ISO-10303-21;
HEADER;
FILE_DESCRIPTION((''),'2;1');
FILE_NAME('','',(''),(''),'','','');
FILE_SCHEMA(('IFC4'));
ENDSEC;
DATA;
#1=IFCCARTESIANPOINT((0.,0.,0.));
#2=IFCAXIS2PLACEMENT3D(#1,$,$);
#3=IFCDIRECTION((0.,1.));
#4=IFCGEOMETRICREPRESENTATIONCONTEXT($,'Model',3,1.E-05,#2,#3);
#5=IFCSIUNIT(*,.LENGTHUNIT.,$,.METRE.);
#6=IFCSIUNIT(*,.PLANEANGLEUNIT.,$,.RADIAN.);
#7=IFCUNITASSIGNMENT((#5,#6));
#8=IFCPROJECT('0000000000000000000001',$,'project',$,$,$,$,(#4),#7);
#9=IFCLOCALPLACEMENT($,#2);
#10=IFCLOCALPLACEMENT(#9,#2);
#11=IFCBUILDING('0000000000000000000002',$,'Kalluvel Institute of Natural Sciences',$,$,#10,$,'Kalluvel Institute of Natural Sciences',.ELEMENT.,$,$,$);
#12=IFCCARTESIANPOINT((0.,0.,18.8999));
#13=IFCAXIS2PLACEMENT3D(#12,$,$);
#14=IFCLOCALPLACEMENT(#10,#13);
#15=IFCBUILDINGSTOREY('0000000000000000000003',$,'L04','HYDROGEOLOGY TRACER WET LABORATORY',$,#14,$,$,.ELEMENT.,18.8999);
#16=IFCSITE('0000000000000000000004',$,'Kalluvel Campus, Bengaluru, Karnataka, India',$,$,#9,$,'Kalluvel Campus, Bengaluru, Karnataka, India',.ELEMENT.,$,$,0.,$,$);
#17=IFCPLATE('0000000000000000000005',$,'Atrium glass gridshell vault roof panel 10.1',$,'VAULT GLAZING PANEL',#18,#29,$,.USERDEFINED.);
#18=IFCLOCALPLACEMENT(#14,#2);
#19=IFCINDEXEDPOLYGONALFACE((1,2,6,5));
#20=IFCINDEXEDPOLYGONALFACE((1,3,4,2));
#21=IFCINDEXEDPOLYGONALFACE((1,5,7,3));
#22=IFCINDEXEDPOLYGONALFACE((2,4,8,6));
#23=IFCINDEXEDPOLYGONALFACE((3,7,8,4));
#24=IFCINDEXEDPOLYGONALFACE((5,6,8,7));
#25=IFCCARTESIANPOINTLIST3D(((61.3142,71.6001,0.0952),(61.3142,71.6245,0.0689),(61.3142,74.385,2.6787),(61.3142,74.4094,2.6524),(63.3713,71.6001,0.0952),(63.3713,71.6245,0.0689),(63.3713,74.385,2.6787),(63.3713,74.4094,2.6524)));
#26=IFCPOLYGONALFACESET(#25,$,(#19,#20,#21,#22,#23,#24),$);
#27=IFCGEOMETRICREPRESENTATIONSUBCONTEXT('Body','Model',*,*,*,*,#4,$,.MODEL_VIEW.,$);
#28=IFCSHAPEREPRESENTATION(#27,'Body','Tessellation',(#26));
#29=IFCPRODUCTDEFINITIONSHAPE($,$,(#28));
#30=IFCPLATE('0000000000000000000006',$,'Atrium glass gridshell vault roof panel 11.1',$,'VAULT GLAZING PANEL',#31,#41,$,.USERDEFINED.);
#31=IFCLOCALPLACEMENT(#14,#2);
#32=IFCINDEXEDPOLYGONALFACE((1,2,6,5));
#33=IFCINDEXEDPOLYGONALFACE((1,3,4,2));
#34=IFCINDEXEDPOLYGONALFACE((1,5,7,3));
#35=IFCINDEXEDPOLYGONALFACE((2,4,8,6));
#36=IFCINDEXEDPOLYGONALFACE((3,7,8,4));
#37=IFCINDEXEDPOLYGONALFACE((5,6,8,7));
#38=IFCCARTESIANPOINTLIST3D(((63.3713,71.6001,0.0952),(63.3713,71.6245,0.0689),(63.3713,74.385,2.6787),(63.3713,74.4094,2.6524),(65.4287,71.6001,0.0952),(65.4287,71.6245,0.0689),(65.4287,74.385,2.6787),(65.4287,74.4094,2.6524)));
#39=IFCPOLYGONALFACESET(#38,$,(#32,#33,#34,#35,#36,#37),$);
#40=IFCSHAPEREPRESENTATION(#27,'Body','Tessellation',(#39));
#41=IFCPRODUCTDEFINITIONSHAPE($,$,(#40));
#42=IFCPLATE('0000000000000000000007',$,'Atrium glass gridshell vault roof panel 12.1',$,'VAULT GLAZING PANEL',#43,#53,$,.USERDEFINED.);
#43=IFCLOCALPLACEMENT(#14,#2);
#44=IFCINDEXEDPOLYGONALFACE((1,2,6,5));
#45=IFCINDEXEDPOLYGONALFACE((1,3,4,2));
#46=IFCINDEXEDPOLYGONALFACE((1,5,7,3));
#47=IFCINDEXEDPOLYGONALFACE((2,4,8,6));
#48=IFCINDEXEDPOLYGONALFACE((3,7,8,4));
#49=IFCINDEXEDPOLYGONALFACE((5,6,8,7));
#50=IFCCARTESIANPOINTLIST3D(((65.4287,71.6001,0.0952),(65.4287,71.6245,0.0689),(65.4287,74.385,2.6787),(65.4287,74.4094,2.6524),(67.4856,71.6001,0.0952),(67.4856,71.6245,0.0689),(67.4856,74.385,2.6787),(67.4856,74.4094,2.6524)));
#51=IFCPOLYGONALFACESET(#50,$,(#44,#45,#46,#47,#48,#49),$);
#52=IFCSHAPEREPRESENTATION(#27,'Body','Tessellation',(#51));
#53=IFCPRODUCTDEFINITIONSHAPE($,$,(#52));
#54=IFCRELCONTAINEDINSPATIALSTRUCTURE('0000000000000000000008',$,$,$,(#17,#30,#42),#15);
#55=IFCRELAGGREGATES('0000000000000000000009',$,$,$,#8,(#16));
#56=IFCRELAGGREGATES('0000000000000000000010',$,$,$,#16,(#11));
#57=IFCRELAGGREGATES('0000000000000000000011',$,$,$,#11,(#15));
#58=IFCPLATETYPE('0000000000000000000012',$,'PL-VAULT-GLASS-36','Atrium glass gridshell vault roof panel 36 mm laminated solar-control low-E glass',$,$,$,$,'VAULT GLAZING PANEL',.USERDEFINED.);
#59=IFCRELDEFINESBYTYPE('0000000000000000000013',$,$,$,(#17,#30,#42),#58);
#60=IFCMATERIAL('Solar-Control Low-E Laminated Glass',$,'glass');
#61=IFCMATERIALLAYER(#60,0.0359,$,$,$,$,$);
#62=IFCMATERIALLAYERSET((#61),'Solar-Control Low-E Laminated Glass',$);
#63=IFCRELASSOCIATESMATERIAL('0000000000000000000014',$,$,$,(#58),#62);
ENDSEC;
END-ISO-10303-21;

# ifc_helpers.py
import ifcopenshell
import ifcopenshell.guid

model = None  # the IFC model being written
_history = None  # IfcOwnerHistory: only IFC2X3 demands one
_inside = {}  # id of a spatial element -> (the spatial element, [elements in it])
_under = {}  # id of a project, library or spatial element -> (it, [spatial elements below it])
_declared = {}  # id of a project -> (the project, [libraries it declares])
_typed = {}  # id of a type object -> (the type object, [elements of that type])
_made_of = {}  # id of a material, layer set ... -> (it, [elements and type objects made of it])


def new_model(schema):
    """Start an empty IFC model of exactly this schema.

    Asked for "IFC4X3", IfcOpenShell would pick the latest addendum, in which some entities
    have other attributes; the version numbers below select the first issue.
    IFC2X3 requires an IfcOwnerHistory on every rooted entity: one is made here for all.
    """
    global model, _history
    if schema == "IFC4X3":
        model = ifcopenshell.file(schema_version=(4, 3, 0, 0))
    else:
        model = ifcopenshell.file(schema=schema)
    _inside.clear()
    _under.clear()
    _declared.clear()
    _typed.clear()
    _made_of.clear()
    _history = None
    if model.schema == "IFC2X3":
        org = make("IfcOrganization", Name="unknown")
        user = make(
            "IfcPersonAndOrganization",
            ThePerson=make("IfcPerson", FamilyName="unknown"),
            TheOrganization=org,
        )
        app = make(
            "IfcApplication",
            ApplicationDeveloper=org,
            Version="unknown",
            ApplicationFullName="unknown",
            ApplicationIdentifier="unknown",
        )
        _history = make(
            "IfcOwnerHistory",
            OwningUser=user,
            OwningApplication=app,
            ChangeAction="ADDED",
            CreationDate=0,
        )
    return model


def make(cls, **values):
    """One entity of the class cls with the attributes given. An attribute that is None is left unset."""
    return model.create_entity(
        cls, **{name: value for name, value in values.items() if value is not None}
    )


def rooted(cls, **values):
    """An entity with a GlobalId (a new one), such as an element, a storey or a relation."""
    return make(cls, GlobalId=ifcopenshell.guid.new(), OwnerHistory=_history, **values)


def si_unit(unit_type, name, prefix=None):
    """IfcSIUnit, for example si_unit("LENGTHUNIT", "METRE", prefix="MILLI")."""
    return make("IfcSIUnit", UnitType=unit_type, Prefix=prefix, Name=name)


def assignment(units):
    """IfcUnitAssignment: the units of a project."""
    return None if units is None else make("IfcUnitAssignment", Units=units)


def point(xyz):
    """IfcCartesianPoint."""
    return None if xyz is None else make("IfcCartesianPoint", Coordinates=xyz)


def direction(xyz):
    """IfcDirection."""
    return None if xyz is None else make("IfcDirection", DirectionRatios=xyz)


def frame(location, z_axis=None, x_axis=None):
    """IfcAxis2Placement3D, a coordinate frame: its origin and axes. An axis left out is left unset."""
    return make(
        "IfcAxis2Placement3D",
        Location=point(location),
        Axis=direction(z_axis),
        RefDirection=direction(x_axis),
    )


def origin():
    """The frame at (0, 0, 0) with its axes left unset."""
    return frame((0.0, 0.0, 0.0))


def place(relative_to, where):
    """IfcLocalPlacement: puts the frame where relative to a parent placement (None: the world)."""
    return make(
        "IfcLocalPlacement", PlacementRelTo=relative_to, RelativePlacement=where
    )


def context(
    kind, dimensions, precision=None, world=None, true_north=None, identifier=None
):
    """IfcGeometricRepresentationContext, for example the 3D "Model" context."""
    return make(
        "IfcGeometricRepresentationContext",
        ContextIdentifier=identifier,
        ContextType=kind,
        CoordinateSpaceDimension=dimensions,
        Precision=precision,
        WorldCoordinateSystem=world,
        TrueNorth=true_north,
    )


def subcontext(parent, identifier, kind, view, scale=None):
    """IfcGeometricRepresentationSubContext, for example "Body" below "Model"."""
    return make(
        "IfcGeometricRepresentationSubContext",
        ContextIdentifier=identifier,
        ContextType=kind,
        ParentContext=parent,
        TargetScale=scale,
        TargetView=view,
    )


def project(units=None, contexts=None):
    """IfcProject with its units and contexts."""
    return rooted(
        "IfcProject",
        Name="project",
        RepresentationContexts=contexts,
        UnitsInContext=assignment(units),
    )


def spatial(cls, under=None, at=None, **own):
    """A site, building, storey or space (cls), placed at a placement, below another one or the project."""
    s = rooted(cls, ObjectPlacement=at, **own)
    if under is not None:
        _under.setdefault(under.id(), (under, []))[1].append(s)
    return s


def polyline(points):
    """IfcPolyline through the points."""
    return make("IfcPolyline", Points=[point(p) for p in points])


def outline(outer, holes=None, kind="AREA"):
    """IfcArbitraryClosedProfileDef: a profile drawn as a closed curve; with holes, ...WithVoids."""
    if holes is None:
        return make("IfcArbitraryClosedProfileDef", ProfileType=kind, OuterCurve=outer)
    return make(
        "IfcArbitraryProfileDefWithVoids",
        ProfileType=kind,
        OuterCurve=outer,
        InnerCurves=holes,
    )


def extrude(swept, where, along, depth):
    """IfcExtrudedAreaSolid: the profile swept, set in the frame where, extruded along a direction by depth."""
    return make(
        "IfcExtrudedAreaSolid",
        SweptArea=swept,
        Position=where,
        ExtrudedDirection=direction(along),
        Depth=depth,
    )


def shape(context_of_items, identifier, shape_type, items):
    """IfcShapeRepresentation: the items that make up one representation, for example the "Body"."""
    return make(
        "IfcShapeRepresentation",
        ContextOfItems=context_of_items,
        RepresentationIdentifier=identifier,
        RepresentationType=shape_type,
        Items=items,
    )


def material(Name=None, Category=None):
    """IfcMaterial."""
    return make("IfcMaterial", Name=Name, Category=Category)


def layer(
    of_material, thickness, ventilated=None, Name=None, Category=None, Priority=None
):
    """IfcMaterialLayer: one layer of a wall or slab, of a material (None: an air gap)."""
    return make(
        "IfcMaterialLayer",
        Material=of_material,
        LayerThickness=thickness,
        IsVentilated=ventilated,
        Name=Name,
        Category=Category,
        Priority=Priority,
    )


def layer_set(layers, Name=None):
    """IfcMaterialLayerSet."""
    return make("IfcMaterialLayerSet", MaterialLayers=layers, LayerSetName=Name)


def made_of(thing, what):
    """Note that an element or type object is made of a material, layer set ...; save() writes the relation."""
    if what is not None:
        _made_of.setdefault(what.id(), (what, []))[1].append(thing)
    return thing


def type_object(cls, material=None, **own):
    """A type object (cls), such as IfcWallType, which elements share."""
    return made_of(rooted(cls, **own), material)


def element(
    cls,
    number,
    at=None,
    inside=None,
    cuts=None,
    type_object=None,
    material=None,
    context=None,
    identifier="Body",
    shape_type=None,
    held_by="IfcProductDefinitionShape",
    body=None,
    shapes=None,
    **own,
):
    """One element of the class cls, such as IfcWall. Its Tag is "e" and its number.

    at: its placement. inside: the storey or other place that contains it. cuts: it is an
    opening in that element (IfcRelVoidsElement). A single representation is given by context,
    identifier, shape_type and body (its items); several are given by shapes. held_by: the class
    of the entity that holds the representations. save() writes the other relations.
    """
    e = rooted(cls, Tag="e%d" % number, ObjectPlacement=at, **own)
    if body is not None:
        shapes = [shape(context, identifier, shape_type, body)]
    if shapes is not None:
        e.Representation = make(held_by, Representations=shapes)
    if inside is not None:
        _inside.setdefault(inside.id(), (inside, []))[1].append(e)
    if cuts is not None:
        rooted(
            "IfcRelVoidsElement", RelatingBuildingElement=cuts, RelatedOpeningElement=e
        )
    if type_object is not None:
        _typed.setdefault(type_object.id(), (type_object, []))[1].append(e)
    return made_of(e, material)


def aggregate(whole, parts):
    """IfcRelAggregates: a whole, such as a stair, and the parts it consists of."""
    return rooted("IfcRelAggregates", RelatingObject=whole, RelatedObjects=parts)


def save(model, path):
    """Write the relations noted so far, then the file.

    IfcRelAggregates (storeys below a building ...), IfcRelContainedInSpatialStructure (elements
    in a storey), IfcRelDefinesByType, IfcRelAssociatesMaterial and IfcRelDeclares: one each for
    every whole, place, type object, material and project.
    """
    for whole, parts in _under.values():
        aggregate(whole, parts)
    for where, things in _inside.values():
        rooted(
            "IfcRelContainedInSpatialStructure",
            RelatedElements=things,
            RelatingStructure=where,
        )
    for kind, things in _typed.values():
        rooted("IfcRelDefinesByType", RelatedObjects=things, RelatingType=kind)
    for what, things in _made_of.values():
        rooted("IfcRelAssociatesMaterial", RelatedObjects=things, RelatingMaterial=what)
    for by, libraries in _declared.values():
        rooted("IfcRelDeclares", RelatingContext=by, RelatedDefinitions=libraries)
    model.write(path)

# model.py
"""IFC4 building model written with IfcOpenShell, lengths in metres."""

from ifc_helpers import new_model, si_unit, direction, frame, origin, place, context, subcontext, project, spatial, polyline, outline, extrude, material, layer, layer_set, type_object, element, save


model = new_model("IFC4")

# Units and contexts
model_context = context("Model", 3, precision=1e-05, world=origin(), true_north=direction((0.0, 1.0)))
body_context = subcontext(model_context, "Body", "Model", "MODEL_VIEW")
ifc_project = project(units=[si_unit("LENGTHUNIT", "METRE"), si_unit("PLANEANGLEUNIT", "RADIAN")], contexts=[model_context])

# Site, building, storey
site_placement = place(None, origin())
site = spatial("IfcSite", under=ifc_project, at=site_placement, Name="Kalluvel Campus, Bengaluru, Karnataka, India", LongName="Kalluvel Campus, Bengaluru, Karnataka, India", CompositionType="ELEMENT", RefElevation=0.0)
building_placement = place(site_placement, origin())
building = spatial("IfcBuilding", under=site, at=building_placement, Name="Kalluvel Institute of Natural Sciences", LongName="Kalluvel Institute of Natural Sciences", CompositionType="ELEMENT")
storey_placement = place(building_placement, frame((0.0, 0.0, 18.8999)))
storey = spatial("IfcBuildingStorey", under=building, at=storey_placement, Name="L04", Description="HYDROGEOLOGY TRACER WET LABORATORY", CompositionType="ELEMENT", Elevation=18.8999)

# Plates
ifc_material_1 = material(Name="Solar-Control Low-E Laminated Glass", Category="glass")
ifc_layer = layer(ifc_material_1, 0.0359)
ifc_layer_set = layer_set([ifc_layer], Name="Solar-Control Low-E Laminated Glass")
plate_type = type_object("IfcPlateType", Name="PL-VAULT-GLASS-36", Description="Atrium glass gridshell vault roof panel 36 mm laminated solar-control low-E glass", ElementType="VAULT GLAZING PANEL", PredefinedType="USERDEFINED", material=ifc_layer_set)
for number, where, z_axis, x_axis, name in (
    (1, (61.3142, 71.6001, 0.0952), (0.0, -0.680099, 0.733121), (1.0, 0.0, 0.0), "Atrium glass gridshell vault roof panel 10.1"),
):
    element("IfcPlate", number, at=place(storey_placement, frame(where, z_axis=z_axis, x_axis=x_axis)), inside=storey, type_object=plate_type, Name=name, ObjectType="VAULT GLAZING PANEL", PredefinedType="USERDEFINED", context=body_context, shape_type="SweptSolid", body=[
        extrude(outline(polyline([(0.0, 0.0), (2.0571, 0.0), (2.0571, 3.7987), (0.0, 3.7987), (0.0, 0.0)])), origin(), (0.0, 0.0, -1.0), 0.0359),
    ])
plate_1_placement = place(storey_placement, frame((63.3713, 71.6001, 0.0952), z_axis=(0.0, -0.680099, 0.733121), x_axis=(1.0, 0.0, 0.0)))
element("IfcPlate", 2, at=plate_1_placement, inside=storey, type_object=plate_type, Name="Atrium glass gridshell vault roof panel 11.1", ObjectType="VAULT GLAZING PANEL", PredefinedType="USERDEFINED", context=body_context, shape_type="SweptSolid", body=[
    extrude(outline(polyline([(0.0, 0.0), (2.0574, 0.0), (2.0574, 3.7987), (0.0, 3.7987), (0.0, 0.0)])), origin(), (0.0, 0.0, -1.0), 0.0359),
])
plate_2_placement = place(storey_placement, frame((65.4287, 71.6001, 0.0952), z_axis=(0.0, -0.680099, 0.733121), x_axis=(1.0, 0.0, 0.0)))
element("IfcPlate", 3, at=plate_2_placement, inside=storey, type_object=plate_type, Name="Atrium glass gridshell vault roof panel 12.1", ObjectType="VAULT GLAZING PANEL", PredefinedType="USERDEFINED", context=body_context, shape_type="SweptSolid", body=[
    extrude(outline(polyline([(0.0, 0.0), (2.0569, 0.0), (2.0569, 3.7987), (0.0, 3.7987), (0.0, 0.0)])), origin(), (0.0, 0.0, -1.0), 0.0359),
])

save(model, "model.ifc")
